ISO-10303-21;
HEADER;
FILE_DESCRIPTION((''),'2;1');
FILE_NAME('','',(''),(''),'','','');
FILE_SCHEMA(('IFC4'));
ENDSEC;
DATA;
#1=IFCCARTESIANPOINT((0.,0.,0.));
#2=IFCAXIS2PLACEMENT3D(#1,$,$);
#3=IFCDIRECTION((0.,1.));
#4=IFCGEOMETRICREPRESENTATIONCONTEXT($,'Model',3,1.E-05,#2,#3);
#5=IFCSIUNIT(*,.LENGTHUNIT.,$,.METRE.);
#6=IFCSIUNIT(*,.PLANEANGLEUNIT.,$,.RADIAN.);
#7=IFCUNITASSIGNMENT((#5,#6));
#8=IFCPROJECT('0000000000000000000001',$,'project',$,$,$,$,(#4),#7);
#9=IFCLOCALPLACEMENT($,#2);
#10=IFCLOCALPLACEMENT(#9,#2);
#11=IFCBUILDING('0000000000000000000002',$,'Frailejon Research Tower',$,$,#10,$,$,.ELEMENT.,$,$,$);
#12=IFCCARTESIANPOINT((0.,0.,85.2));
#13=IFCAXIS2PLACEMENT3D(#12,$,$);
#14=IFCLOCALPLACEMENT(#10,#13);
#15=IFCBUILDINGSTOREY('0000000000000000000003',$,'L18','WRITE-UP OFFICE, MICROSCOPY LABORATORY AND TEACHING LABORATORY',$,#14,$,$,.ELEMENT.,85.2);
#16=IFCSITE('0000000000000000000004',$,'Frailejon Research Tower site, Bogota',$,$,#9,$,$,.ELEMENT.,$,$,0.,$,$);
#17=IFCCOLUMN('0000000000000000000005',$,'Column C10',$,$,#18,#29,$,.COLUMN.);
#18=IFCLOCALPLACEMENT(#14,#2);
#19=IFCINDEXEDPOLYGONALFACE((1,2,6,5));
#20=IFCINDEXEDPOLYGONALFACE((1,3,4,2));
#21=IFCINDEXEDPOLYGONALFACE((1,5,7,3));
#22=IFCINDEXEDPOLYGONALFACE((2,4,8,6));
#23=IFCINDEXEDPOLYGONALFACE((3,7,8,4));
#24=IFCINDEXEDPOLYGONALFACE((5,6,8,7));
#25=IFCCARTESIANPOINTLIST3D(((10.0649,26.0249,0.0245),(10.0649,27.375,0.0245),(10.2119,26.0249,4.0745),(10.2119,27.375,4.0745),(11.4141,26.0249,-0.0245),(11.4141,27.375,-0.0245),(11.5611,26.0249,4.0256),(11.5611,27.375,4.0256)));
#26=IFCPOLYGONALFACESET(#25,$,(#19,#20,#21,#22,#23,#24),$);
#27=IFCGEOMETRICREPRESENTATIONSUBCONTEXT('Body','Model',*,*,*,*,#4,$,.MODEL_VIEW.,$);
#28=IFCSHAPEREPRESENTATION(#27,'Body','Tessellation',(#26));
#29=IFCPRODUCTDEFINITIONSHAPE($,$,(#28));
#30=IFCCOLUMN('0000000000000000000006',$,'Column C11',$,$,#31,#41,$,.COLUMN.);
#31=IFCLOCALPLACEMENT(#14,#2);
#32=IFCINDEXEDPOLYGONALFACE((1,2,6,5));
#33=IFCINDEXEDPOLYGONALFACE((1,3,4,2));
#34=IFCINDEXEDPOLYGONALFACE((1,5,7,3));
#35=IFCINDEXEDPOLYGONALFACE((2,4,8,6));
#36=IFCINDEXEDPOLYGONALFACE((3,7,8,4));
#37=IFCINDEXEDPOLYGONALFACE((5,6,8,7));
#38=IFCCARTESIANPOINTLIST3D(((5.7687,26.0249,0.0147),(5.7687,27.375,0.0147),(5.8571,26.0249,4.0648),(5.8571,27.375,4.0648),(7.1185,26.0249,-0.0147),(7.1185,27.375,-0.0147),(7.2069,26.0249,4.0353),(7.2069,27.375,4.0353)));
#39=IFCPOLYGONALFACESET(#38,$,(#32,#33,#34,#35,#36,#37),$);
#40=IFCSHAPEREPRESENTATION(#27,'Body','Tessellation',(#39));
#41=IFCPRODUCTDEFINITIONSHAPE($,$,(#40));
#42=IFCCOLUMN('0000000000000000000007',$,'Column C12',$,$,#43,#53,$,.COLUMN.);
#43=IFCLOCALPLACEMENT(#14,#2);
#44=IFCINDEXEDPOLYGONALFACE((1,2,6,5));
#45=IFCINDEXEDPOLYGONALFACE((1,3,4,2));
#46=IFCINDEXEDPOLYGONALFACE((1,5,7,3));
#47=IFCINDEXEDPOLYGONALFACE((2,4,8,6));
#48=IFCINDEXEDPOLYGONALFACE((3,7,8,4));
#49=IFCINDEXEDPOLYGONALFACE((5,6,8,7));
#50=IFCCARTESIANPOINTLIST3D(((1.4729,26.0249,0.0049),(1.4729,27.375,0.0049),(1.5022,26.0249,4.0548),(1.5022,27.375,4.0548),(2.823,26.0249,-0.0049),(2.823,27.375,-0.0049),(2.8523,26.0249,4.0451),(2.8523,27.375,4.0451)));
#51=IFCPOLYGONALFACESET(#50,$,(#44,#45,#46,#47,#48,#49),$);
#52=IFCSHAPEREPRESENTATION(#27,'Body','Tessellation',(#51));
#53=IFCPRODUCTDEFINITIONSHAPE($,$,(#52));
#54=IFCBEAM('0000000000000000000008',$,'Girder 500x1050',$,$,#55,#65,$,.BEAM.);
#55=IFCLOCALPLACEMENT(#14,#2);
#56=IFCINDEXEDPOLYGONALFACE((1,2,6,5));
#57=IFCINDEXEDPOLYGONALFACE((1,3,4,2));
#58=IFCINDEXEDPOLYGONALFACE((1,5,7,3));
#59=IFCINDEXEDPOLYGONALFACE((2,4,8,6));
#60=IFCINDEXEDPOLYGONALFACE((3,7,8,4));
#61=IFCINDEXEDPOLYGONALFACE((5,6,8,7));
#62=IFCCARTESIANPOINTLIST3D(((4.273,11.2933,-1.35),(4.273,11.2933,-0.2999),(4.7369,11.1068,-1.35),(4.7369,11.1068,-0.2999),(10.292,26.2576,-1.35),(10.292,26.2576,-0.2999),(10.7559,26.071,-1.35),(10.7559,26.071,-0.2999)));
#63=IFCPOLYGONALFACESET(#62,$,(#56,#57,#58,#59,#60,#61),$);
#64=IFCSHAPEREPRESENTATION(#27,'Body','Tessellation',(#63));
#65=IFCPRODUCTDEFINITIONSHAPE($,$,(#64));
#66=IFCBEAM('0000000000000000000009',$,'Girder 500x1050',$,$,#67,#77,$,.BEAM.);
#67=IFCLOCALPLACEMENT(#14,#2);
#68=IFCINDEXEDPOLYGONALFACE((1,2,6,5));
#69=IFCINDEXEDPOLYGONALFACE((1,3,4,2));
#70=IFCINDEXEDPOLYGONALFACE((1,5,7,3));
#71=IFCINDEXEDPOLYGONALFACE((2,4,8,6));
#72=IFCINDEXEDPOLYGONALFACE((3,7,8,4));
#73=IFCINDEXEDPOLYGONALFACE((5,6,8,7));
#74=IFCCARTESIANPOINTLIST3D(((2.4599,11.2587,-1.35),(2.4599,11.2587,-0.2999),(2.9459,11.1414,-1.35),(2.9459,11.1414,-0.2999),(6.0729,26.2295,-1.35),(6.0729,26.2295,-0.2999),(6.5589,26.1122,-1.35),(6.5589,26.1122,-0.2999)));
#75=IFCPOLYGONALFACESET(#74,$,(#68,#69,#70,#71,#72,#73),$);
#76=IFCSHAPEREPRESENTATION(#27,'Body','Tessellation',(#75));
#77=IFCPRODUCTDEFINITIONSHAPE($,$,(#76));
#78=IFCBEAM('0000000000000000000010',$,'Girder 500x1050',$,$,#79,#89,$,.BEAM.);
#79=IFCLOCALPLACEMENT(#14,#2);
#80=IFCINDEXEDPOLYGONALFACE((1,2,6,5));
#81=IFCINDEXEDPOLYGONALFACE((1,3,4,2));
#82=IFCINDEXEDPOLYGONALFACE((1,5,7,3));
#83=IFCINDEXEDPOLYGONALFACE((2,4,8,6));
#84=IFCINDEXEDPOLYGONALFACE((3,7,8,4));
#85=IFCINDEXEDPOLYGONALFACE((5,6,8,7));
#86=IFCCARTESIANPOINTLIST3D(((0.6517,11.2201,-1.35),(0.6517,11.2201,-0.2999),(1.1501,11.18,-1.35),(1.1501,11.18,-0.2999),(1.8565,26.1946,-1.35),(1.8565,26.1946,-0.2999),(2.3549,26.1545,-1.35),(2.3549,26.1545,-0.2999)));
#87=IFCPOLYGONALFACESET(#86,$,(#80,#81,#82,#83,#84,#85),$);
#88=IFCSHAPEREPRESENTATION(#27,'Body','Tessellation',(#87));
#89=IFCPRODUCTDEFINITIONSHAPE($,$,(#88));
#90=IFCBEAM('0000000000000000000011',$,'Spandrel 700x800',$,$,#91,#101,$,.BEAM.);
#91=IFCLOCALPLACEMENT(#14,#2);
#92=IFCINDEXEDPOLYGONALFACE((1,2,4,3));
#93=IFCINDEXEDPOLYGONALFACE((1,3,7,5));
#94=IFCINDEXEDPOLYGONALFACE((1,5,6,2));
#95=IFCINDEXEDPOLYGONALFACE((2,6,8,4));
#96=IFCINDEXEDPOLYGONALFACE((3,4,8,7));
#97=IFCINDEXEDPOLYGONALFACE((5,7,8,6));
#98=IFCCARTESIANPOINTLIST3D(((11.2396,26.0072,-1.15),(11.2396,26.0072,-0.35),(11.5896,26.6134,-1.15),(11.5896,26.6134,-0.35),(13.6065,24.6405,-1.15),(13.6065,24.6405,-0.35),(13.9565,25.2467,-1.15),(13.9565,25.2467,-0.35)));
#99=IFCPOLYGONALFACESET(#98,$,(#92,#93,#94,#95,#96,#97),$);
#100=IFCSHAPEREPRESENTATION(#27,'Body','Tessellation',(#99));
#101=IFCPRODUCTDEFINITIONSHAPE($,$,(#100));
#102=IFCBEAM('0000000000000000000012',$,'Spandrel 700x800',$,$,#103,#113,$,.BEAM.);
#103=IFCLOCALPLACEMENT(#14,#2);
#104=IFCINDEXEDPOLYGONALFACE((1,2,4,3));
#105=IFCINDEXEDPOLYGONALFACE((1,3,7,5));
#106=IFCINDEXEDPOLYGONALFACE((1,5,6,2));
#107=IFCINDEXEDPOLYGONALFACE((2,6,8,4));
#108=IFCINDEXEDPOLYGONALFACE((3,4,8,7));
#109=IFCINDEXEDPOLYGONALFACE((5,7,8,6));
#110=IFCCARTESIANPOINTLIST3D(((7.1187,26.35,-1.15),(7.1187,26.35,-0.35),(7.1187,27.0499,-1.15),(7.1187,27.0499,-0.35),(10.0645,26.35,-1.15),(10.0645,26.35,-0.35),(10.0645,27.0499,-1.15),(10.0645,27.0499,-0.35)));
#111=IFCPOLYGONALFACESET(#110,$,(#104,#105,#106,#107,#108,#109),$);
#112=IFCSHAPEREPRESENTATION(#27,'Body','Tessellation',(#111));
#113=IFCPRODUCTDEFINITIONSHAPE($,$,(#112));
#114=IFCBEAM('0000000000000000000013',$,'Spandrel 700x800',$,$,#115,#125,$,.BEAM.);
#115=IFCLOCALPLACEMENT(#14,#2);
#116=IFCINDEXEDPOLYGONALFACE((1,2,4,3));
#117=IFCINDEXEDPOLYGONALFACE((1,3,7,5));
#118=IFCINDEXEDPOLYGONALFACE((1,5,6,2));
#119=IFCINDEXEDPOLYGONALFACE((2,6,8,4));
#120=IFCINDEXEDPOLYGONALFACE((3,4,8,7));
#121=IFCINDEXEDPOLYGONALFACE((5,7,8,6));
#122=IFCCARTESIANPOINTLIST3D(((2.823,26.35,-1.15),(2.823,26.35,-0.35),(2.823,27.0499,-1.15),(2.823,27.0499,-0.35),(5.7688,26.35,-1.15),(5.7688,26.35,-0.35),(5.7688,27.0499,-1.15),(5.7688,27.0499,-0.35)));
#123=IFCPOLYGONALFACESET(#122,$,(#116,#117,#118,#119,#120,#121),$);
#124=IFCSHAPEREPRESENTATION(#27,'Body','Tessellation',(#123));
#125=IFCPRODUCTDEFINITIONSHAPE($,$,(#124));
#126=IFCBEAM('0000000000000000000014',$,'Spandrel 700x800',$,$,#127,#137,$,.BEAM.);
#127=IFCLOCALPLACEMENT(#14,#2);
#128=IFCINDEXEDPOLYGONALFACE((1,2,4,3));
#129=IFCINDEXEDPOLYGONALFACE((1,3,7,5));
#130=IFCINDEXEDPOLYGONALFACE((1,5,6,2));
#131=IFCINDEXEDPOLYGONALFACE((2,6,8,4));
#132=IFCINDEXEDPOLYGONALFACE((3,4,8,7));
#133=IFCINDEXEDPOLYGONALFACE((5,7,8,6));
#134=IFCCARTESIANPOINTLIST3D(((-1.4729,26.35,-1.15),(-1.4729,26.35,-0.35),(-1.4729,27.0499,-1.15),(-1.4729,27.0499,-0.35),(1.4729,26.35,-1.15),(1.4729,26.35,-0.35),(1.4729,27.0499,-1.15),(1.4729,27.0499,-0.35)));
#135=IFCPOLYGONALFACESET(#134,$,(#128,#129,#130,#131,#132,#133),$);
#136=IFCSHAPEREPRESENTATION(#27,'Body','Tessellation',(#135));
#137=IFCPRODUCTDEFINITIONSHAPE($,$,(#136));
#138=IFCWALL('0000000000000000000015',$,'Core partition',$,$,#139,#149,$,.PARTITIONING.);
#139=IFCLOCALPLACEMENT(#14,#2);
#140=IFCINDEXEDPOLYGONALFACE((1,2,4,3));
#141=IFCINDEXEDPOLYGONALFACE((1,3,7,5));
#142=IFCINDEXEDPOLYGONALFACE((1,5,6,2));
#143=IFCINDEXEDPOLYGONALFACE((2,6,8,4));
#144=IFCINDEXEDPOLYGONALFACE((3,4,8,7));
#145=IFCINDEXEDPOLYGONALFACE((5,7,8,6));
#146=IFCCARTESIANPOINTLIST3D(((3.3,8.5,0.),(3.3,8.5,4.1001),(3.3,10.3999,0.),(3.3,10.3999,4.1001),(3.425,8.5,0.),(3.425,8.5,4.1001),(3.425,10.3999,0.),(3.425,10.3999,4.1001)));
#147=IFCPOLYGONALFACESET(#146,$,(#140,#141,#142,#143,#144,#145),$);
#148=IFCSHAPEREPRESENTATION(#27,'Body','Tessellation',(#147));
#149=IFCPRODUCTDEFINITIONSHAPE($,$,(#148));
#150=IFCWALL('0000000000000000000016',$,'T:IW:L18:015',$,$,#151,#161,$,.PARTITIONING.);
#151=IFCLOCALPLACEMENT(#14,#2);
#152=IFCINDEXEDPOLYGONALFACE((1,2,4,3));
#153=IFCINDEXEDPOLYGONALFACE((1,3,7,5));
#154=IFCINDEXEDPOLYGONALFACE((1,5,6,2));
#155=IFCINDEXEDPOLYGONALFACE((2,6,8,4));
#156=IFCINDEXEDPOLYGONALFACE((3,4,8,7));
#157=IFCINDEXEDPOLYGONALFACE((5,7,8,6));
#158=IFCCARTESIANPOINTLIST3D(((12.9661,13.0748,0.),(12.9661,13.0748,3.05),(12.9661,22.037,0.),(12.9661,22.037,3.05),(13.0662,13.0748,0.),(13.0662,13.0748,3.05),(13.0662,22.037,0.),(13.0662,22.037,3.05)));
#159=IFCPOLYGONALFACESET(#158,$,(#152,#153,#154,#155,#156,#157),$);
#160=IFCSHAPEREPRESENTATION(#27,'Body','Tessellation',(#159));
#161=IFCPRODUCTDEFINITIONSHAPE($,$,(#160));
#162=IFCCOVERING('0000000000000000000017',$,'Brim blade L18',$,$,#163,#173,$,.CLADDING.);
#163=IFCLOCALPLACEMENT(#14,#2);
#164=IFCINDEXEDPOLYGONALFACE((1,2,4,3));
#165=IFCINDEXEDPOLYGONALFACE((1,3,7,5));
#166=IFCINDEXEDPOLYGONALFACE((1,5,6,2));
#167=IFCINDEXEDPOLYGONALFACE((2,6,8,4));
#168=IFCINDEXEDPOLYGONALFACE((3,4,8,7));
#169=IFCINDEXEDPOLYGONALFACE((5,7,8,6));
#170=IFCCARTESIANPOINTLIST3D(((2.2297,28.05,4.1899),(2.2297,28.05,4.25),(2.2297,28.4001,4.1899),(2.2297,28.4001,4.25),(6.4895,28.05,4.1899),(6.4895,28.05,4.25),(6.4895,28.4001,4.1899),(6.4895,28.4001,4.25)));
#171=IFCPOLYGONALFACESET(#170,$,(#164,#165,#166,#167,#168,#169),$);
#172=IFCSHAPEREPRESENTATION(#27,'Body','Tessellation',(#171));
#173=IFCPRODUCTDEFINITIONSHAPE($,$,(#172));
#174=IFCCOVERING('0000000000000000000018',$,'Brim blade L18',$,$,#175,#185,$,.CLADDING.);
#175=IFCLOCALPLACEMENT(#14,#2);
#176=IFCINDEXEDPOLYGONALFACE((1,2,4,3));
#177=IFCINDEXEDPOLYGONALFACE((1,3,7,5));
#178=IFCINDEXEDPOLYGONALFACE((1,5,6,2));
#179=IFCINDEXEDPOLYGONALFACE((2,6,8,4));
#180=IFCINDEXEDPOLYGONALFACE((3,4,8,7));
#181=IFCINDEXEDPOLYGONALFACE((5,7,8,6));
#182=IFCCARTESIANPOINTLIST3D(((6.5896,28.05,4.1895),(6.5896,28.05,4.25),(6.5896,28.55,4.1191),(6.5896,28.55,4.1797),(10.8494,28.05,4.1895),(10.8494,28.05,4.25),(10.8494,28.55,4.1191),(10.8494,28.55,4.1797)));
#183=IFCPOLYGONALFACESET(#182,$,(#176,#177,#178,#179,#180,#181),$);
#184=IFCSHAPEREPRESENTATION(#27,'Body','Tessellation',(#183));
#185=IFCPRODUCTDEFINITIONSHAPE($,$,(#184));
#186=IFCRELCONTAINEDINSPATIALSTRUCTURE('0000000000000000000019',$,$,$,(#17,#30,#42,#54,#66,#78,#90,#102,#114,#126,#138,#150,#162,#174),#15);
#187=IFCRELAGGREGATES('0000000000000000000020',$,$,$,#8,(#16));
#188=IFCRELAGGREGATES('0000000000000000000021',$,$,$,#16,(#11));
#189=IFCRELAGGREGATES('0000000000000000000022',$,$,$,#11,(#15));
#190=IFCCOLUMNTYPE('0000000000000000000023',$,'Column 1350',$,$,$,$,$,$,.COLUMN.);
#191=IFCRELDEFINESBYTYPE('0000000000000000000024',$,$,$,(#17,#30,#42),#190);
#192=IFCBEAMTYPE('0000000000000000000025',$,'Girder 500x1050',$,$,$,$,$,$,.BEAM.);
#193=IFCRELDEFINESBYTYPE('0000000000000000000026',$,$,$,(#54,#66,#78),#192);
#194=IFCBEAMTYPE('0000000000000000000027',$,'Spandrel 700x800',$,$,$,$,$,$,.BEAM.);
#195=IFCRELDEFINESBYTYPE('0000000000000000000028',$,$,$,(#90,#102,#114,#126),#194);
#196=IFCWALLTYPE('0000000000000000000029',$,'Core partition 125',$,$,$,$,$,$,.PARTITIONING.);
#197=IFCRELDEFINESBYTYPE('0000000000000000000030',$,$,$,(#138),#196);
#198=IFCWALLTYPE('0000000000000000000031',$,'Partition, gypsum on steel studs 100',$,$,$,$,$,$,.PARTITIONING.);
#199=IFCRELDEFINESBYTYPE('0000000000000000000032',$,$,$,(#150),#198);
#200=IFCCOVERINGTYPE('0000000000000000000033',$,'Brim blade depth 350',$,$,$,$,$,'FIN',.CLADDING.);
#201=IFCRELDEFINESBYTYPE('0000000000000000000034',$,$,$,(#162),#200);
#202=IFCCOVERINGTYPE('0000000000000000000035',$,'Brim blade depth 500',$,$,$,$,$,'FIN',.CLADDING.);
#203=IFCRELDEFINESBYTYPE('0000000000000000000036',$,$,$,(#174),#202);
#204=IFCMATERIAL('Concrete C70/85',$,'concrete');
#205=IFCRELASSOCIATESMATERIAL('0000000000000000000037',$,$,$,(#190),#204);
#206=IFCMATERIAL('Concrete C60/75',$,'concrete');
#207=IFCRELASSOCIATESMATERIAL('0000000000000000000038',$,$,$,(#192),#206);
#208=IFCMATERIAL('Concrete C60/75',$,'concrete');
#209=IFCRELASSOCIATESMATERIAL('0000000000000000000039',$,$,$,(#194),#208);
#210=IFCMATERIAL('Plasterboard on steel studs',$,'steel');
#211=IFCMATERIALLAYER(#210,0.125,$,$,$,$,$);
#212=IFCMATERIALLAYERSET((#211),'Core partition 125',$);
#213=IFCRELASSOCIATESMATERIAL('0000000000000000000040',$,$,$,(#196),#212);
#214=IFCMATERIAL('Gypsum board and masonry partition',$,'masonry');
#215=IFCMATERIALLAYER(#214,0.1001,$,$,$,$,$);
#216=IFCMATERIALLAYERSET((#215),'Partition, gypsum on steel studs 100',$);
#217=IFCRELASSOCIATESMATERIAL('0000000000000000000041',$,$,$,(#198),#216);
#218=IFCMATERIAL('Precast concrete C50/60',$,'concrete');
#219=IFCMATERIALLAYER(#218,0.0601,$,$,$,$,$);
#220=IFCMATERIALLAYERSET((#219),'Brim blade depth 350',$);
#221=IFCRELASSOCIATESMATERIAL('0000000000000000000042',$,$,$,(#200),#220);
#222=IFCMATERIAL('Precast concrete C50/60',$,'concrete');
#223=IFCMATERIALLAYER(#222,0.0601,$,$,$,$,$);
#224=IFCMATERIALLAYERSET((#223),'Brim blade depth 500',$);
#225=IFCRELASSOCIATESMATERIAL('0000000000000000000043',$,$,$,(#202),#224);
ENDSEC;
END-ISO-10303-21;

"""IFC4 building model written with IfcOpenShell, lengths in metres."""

from ifc_helpers import new_model, si_unit, direction, frame, frame_2d, origin, origin_2d, place, context, subcontext, project, spatial, polyline, rectangle, outline, extrude, material, layer, layer_set, material_profile, profile_set, type_object, element, save


model = new_model("IFC4")

# Units and contexts
model_context = context("Model", 3, precision=1e-05, world=origin(), true_north=direction((0.0, 1.0)))
body_context = subcontext(model_context, "Body", "Model", "MODEL_VIEW")
ifc_project = project(units=[si_unit("LENGTHUNIT", "METRE"), si_unit("PLANEANGLEUNIT", "RADIAN")], contexts=[model_context])

# Site, building, storey
site_placement = place(None, origin())
site = spatial("IfcSite", under=ifc_project, at=site_placement, Name="Frailejon Research Tower site, Bogota", CompositionType="ELEMENT", RefElevation=0.0)
building_placement = place(site_placement, origin())
building = spatial("IfcBuilding", under=site, at=building_placement, Name="Frailejon Research Tower", CompositionType="ELEMENT")
storey_placement = place(building_placement, frame((0.0, 0.0, 85.2)))
storey = spatial("IfcBuildingStorey", under=building, at=storey_placement, Name="L18", Description="WRITE-UP OFFICE, MICROSCOPY LABORATORY AND TEACHING LABORATORY", CompositionType="ELEMENT", Elevation=85.2)

# Columns
ifc_material_1 = material(Name="Concrete C70/85", Category="concrete")
ifc_material_profile_1 = material_profile(ifc_material_1, rectangle(XDim=1.3501, YDim=1.3501, at=origin_2d()), Name="Column 1350")
ifc_profile_set_1 = profile_set([ifc_material_profile_1], Name="Concrete C70/85")
column_type = type_object("IfcColumnType", Name="Column 1350", PredefinedType="COLUMN", material=ifc_profile_set_1)
column_1_placement = place(storey_placement, frame((10.7395, 26.7, 0.0), z_axis=(0.036265, 0.0, 0.999342), x_axis=(-0.999342, 0.0, 0.036265)))
element("IfcColumn", 1, at=column_1_placement, inside=storey, type_object=column_type, Name="Column C10", PredefinedType="COLUMN", context=body_context, shape_type="SweptSolid", body=[
    extrude(rectangle(XDim=1.3501, YDim=1.3501, at=origin_2d()), origin(), (0.0, 0.0, 1.0), 4.0527),
])
column_2_placement = place(storey_placement, frame((6.4436, 26.7, 0.0), z_axis=(0.021816, 0.0, 0.999762), x_axis=(-0.999762, 0.0, 0.021816)))
element("IfcColumn", 2, at=column_2_placement, inside=storey, type_object=column_type, Name="Column C11", PredefinedType="COLUMN", context=body_context, shape_type="SweptSolid", body=[
    extrude(rectangle(XDim=1.3501, YDim=1.3501, at=origin_2d()), origin(), (0.0, 0.0, 1.0), 4.051),
])
column_3_placement = place(storey_placement, frame((2.1479, 26.7, 0.0), z_axis=(0.007234, 0.0, 0.999974), x_axis=(-0.999974, 0.0, 0.007234)))
element("IfcColumn", 3, at=column_3_placement, inside=storey, type_object=column_type, Name="Column C12", PredefinedType="COLUMN", context=body_context, shape_type="SweptSolid", body=[
    extrude(rectangle(XDim=1.3501, YDim=1.3501, at=origin_2d()), origin(), (0.0, 0.0, 1.0), 4.05),
])

# Beams
ifc_material_2 = material(Name="Concrete C60/75", Category="concrete")
ifc_material_profile_2 = material_profile(ifc_material_2, rectangle(XDim=0.5, YDim=1.05, at=origin_2d()), Name="Girder 500x1050")
ifc_profile_set_2 = profile_set([ifc_material_profile_2], Name="Concrete C60/75")
beam_type_1 = type_object("IfcBeamType", Name="Girder 500x1050", PredefinedType="BEAM", material=ifc_profile_set_2)
beam_1_placement = place(storey_placement, frame((10.5239, 26.1643, -0.825), z_axis=(-0.37317, -0.927763, 0.0), x_axis=(0.927763, -0.37317, 0.0)))
element("IfcBeam", 4, at=beam_1_placement, inside=storey, type_object=beam_type_1, Name="Girder 500x1050", PredefinedType="BEAM", context=body_context, shape_type="SweptSolid", body=[
    extrude(rectangle(XDim=0.5, YDim=1.05, at=origin_2d()), origin(), (0.0, 0.0, 1.0), 16.1294),
])
beam_2_placement = place(storey_placement, frame((6.3159, 26.1709, -0.825), z_axis=(-0.234601, -0.972092, 0.0), x_axis=(0.972092, -0.234601, 0.0)))
element("IfcBeam", 5, at=beam_2_placement, inside=storey, type_object=beam_type_1, Name="Girder 500x1050", PredefinedType="BEAM", context=body_context, shape_type="SweptSolid", body=[
    extrude(rectangle(XDim=0.5, YDim=1.05, at=origin_2d()), origin(), (0.0, 0.0, 1.0), 15.4006),
])
beam_3_placement = place(storey_placement, frame((2.1057, 26.1746, -0.825), z_axis=(-0.080199, -0.996779, 0.0), x_axis=(0.996779, -0.080199, 0.0)))
element("IfcBeam", 6, at=beam_3_placement, inside=storey, type_object=beam_type_1, Name="Girder 500x1050", PredefinedType="BEAM", context=body_context, shape_type="SweptSolid", body=[
    extrude(rectangle(XDim=0.5, YDim=1.05, at=origin_2d()), origin(), (0.0, 0.0, 1.0), 15.0229),
])
ifc_material_3 = material(Name="Concrete C60/75", Category="concrete")
ifc_material_profile_3 = material_profile(ifc_material_3, rectangle(XDim=0.7, YDim=0.8, at=origin_2d()), Name="Spandrel 700x800")
ifc_profile_set_3 = profile_set([ifc_material_profile_3], Name="Concrete C60/75")
beam_type_2 = type_object("IfcBeamType", Name="Spandrel 700x800", PredefinedType="BEAM", material=ifc_profile_set_3)
beam_4_placement = place(storey_placement, frame((13.7815, 24.9436, -0.75), z_axis=(-0.866003, 0.500039, 0.0), x_axis=(-0.500039, -0.866003, 0.0)))
element("IfcBeam", 7, at=beam_4_placement, inside=storey, type_object=beam_type_2, Name="Spandrel 700x800", PredefinedType="BEAM", context=body_context, shape_type="SweptSolid", body=[
    extrude(rectangle(XDim=0.7, YDim=0.8, at=origin_2d()), origin(), (0.0, 0.0, 1.0), 2.7332),
])
for number, where, z_axis, x_axis, name in (
    (8, (10.0645, 26.7, -0.75), (-1.0, 0.0, 0.0), (0.0, -1.0, 0.0), "Spandrel 700x800"),
    (9, (5.7688, 26.7, -0.75), (-1.0, 0.0, 0.0), (0.0, -1.0, 0.0), "Spandrel 700x800"),
    (10, (1.4729, 26.7, -0.75), (-1.0, 0.0, 0.0), (0.0, -1.0, 0.0), "Spandrel 700x800"),
):
    element("IfcBeam", number, at=place(storey_placement, frame(where, z_axis=z_axis, x_axis=x_axis)), inside=storey, type_object=beam_type_2, Name=name, PredefinedType="BEAM", context=body_context, shape_type="SweptSolid", body=[
        extrude(rectangle(XDim=0.7, YDim=0.8, at=origin_2d()), origin(), (0.0, 0.0, 1.0), 2.9458),
    ])

# Walls
ifc_material_4 = material(Name="Plasterboard on steel studs", Category="steel")
ifc_layer_1 = layer(ifc_material_4, 0.125)
ifc_layer_set_1 = layer_set([ifc_layer_1], Name="Core partition 125")
wall_type_1 = type_object("IfcWallType", Name="Core partition 125", PredefinedType="PARTITIONING", material=ifc_layer_set_1)
wall_1_placement = place(storey_placement, frame((3.3625, 8.5, 0.0), z_axis=(0.0, 0.0, 1.0), x_axis=(0.0, 1.0, 0.0)))
element("IfcWall", 11, at=wall_1_placement, inside=storey, type_object=wall_type_1, Name="Core partition", PredefinedType="PARTITIONING", context=body_context, shape_type="SweptSolid", body=[
    extrude(rectangle(XDim=1.8999, YDim=0.125, at=frame_2d((0.95, 0.0))), origin(), (0.0, 0.0, 1.0), 4.1001),
])
ifc_material_5 = material(Name="Gypsum board and masonry partition", Category="masonry")
ifc_layer_2 = layer(ifc_material_5, 0.1001)
ifc_layer_set_2 = layer_set([ifc_layer_2], Name="Partition, gypsum on steel studs 100")
wall_type_2 = type_object("IfcWallType", Name="Partition, gypsum on steel studs 100", PredefinedType="PARTITIONING", material=ifc_layer_set_2)
wall_2_placement = place(storey_placement, frame((13.0161, 13.075, 0.0), z_axis=(0.0, 0.0, 1.0), x_axis=(0.0, 1.0, 0.0)))
element("IfcWall", 12, at=wall_2_placement, inside=storey, type_object=wall_type_2, Name="T:IW:L18:015", PredefinedType="PARTITIONING", context=body_context, shape_type="SweptSolid", body=[
    extrude(rectangle(XDim=8.9622, YDim=0.1001, at=frame_2d((4.481, 0.0))), origin(), (0.0, 0.0, 1.0), 3.05),
])

# Coverings
ifc_material_6 = material(Name="Precast concrete C50/60", Category="concrete")
ifc_layer_3 = layer(ifc_material_6, 0.0601)
ifc_layer_set_3 = layer_set([ifc_layer_3], Name="Brim blade depth 350")
covering_type_1 = type_object("IfcCoveringType", Name="Brim blade depth 350", ElementType="FIN", PredefinedType="CLADDING", material=ifc_layer_set_3)
covering_1_placement = place(storey_placement, frame((2.2297, 28.05, 4.25), z_axis=(1.0, 0.0, 0.0), x_axis=(0.0, 1.0, 0.0)))
element("IfcCovering", 13, at=covering_1_placement, inside=storey, type_object=covering_type_1, Name="Brim blade L18", PredefinedType="CLADDING", context=body_context, shape_type="SweptSolid", body=[
    extrude(outline(polyline([(0.0, -0.0601), (0.3501, -0.0601), (0.3501, 0.0), (0.0, 0.0), (0.0, -0.0601)])), origin(), (0.0, 0.0, 1.0), 4.2598),
])
ifc_material_7 = material(Name="Precast concrete C50/60", Category="concrete")
ifc_layer_4 = layer(ifc_material_7, 0.0601)
ifc_layer_set_4 = layer_set([ifc_layer_4], Name="Brim blade depth 500")
covering_type_2 = type_object("IfcCoveringType", Name="Brim blade depth 500", ElementType="FIN", PredefinedType="CLADDING", material=ifc_layer_set_4)
covering_2_placement = place(storey_placement, frame((6.5896, 28.05, 4.25), z_axis=(1.0, 0.0, 0.0), x_axis=(0.0, 1.0, 0.0)))
element("IfcCovering", 14, at=covering_2_placement, inside=storey, type_object=covering_type_2, Name="Brim blade L18", PredefinedType="CLADDING", context=body_context, shape_type="SweptSolid", body=[
    extrude(outline(polyline([(0.0, -0.0605), (0.5, -0.1309), (0.5, -0.0703), (0.0, 0.0), (0.0, -0.0605)])), origin(), (0.0, 0.0, 1.0), 4.2598),
])

save(model, "model.ifc")
